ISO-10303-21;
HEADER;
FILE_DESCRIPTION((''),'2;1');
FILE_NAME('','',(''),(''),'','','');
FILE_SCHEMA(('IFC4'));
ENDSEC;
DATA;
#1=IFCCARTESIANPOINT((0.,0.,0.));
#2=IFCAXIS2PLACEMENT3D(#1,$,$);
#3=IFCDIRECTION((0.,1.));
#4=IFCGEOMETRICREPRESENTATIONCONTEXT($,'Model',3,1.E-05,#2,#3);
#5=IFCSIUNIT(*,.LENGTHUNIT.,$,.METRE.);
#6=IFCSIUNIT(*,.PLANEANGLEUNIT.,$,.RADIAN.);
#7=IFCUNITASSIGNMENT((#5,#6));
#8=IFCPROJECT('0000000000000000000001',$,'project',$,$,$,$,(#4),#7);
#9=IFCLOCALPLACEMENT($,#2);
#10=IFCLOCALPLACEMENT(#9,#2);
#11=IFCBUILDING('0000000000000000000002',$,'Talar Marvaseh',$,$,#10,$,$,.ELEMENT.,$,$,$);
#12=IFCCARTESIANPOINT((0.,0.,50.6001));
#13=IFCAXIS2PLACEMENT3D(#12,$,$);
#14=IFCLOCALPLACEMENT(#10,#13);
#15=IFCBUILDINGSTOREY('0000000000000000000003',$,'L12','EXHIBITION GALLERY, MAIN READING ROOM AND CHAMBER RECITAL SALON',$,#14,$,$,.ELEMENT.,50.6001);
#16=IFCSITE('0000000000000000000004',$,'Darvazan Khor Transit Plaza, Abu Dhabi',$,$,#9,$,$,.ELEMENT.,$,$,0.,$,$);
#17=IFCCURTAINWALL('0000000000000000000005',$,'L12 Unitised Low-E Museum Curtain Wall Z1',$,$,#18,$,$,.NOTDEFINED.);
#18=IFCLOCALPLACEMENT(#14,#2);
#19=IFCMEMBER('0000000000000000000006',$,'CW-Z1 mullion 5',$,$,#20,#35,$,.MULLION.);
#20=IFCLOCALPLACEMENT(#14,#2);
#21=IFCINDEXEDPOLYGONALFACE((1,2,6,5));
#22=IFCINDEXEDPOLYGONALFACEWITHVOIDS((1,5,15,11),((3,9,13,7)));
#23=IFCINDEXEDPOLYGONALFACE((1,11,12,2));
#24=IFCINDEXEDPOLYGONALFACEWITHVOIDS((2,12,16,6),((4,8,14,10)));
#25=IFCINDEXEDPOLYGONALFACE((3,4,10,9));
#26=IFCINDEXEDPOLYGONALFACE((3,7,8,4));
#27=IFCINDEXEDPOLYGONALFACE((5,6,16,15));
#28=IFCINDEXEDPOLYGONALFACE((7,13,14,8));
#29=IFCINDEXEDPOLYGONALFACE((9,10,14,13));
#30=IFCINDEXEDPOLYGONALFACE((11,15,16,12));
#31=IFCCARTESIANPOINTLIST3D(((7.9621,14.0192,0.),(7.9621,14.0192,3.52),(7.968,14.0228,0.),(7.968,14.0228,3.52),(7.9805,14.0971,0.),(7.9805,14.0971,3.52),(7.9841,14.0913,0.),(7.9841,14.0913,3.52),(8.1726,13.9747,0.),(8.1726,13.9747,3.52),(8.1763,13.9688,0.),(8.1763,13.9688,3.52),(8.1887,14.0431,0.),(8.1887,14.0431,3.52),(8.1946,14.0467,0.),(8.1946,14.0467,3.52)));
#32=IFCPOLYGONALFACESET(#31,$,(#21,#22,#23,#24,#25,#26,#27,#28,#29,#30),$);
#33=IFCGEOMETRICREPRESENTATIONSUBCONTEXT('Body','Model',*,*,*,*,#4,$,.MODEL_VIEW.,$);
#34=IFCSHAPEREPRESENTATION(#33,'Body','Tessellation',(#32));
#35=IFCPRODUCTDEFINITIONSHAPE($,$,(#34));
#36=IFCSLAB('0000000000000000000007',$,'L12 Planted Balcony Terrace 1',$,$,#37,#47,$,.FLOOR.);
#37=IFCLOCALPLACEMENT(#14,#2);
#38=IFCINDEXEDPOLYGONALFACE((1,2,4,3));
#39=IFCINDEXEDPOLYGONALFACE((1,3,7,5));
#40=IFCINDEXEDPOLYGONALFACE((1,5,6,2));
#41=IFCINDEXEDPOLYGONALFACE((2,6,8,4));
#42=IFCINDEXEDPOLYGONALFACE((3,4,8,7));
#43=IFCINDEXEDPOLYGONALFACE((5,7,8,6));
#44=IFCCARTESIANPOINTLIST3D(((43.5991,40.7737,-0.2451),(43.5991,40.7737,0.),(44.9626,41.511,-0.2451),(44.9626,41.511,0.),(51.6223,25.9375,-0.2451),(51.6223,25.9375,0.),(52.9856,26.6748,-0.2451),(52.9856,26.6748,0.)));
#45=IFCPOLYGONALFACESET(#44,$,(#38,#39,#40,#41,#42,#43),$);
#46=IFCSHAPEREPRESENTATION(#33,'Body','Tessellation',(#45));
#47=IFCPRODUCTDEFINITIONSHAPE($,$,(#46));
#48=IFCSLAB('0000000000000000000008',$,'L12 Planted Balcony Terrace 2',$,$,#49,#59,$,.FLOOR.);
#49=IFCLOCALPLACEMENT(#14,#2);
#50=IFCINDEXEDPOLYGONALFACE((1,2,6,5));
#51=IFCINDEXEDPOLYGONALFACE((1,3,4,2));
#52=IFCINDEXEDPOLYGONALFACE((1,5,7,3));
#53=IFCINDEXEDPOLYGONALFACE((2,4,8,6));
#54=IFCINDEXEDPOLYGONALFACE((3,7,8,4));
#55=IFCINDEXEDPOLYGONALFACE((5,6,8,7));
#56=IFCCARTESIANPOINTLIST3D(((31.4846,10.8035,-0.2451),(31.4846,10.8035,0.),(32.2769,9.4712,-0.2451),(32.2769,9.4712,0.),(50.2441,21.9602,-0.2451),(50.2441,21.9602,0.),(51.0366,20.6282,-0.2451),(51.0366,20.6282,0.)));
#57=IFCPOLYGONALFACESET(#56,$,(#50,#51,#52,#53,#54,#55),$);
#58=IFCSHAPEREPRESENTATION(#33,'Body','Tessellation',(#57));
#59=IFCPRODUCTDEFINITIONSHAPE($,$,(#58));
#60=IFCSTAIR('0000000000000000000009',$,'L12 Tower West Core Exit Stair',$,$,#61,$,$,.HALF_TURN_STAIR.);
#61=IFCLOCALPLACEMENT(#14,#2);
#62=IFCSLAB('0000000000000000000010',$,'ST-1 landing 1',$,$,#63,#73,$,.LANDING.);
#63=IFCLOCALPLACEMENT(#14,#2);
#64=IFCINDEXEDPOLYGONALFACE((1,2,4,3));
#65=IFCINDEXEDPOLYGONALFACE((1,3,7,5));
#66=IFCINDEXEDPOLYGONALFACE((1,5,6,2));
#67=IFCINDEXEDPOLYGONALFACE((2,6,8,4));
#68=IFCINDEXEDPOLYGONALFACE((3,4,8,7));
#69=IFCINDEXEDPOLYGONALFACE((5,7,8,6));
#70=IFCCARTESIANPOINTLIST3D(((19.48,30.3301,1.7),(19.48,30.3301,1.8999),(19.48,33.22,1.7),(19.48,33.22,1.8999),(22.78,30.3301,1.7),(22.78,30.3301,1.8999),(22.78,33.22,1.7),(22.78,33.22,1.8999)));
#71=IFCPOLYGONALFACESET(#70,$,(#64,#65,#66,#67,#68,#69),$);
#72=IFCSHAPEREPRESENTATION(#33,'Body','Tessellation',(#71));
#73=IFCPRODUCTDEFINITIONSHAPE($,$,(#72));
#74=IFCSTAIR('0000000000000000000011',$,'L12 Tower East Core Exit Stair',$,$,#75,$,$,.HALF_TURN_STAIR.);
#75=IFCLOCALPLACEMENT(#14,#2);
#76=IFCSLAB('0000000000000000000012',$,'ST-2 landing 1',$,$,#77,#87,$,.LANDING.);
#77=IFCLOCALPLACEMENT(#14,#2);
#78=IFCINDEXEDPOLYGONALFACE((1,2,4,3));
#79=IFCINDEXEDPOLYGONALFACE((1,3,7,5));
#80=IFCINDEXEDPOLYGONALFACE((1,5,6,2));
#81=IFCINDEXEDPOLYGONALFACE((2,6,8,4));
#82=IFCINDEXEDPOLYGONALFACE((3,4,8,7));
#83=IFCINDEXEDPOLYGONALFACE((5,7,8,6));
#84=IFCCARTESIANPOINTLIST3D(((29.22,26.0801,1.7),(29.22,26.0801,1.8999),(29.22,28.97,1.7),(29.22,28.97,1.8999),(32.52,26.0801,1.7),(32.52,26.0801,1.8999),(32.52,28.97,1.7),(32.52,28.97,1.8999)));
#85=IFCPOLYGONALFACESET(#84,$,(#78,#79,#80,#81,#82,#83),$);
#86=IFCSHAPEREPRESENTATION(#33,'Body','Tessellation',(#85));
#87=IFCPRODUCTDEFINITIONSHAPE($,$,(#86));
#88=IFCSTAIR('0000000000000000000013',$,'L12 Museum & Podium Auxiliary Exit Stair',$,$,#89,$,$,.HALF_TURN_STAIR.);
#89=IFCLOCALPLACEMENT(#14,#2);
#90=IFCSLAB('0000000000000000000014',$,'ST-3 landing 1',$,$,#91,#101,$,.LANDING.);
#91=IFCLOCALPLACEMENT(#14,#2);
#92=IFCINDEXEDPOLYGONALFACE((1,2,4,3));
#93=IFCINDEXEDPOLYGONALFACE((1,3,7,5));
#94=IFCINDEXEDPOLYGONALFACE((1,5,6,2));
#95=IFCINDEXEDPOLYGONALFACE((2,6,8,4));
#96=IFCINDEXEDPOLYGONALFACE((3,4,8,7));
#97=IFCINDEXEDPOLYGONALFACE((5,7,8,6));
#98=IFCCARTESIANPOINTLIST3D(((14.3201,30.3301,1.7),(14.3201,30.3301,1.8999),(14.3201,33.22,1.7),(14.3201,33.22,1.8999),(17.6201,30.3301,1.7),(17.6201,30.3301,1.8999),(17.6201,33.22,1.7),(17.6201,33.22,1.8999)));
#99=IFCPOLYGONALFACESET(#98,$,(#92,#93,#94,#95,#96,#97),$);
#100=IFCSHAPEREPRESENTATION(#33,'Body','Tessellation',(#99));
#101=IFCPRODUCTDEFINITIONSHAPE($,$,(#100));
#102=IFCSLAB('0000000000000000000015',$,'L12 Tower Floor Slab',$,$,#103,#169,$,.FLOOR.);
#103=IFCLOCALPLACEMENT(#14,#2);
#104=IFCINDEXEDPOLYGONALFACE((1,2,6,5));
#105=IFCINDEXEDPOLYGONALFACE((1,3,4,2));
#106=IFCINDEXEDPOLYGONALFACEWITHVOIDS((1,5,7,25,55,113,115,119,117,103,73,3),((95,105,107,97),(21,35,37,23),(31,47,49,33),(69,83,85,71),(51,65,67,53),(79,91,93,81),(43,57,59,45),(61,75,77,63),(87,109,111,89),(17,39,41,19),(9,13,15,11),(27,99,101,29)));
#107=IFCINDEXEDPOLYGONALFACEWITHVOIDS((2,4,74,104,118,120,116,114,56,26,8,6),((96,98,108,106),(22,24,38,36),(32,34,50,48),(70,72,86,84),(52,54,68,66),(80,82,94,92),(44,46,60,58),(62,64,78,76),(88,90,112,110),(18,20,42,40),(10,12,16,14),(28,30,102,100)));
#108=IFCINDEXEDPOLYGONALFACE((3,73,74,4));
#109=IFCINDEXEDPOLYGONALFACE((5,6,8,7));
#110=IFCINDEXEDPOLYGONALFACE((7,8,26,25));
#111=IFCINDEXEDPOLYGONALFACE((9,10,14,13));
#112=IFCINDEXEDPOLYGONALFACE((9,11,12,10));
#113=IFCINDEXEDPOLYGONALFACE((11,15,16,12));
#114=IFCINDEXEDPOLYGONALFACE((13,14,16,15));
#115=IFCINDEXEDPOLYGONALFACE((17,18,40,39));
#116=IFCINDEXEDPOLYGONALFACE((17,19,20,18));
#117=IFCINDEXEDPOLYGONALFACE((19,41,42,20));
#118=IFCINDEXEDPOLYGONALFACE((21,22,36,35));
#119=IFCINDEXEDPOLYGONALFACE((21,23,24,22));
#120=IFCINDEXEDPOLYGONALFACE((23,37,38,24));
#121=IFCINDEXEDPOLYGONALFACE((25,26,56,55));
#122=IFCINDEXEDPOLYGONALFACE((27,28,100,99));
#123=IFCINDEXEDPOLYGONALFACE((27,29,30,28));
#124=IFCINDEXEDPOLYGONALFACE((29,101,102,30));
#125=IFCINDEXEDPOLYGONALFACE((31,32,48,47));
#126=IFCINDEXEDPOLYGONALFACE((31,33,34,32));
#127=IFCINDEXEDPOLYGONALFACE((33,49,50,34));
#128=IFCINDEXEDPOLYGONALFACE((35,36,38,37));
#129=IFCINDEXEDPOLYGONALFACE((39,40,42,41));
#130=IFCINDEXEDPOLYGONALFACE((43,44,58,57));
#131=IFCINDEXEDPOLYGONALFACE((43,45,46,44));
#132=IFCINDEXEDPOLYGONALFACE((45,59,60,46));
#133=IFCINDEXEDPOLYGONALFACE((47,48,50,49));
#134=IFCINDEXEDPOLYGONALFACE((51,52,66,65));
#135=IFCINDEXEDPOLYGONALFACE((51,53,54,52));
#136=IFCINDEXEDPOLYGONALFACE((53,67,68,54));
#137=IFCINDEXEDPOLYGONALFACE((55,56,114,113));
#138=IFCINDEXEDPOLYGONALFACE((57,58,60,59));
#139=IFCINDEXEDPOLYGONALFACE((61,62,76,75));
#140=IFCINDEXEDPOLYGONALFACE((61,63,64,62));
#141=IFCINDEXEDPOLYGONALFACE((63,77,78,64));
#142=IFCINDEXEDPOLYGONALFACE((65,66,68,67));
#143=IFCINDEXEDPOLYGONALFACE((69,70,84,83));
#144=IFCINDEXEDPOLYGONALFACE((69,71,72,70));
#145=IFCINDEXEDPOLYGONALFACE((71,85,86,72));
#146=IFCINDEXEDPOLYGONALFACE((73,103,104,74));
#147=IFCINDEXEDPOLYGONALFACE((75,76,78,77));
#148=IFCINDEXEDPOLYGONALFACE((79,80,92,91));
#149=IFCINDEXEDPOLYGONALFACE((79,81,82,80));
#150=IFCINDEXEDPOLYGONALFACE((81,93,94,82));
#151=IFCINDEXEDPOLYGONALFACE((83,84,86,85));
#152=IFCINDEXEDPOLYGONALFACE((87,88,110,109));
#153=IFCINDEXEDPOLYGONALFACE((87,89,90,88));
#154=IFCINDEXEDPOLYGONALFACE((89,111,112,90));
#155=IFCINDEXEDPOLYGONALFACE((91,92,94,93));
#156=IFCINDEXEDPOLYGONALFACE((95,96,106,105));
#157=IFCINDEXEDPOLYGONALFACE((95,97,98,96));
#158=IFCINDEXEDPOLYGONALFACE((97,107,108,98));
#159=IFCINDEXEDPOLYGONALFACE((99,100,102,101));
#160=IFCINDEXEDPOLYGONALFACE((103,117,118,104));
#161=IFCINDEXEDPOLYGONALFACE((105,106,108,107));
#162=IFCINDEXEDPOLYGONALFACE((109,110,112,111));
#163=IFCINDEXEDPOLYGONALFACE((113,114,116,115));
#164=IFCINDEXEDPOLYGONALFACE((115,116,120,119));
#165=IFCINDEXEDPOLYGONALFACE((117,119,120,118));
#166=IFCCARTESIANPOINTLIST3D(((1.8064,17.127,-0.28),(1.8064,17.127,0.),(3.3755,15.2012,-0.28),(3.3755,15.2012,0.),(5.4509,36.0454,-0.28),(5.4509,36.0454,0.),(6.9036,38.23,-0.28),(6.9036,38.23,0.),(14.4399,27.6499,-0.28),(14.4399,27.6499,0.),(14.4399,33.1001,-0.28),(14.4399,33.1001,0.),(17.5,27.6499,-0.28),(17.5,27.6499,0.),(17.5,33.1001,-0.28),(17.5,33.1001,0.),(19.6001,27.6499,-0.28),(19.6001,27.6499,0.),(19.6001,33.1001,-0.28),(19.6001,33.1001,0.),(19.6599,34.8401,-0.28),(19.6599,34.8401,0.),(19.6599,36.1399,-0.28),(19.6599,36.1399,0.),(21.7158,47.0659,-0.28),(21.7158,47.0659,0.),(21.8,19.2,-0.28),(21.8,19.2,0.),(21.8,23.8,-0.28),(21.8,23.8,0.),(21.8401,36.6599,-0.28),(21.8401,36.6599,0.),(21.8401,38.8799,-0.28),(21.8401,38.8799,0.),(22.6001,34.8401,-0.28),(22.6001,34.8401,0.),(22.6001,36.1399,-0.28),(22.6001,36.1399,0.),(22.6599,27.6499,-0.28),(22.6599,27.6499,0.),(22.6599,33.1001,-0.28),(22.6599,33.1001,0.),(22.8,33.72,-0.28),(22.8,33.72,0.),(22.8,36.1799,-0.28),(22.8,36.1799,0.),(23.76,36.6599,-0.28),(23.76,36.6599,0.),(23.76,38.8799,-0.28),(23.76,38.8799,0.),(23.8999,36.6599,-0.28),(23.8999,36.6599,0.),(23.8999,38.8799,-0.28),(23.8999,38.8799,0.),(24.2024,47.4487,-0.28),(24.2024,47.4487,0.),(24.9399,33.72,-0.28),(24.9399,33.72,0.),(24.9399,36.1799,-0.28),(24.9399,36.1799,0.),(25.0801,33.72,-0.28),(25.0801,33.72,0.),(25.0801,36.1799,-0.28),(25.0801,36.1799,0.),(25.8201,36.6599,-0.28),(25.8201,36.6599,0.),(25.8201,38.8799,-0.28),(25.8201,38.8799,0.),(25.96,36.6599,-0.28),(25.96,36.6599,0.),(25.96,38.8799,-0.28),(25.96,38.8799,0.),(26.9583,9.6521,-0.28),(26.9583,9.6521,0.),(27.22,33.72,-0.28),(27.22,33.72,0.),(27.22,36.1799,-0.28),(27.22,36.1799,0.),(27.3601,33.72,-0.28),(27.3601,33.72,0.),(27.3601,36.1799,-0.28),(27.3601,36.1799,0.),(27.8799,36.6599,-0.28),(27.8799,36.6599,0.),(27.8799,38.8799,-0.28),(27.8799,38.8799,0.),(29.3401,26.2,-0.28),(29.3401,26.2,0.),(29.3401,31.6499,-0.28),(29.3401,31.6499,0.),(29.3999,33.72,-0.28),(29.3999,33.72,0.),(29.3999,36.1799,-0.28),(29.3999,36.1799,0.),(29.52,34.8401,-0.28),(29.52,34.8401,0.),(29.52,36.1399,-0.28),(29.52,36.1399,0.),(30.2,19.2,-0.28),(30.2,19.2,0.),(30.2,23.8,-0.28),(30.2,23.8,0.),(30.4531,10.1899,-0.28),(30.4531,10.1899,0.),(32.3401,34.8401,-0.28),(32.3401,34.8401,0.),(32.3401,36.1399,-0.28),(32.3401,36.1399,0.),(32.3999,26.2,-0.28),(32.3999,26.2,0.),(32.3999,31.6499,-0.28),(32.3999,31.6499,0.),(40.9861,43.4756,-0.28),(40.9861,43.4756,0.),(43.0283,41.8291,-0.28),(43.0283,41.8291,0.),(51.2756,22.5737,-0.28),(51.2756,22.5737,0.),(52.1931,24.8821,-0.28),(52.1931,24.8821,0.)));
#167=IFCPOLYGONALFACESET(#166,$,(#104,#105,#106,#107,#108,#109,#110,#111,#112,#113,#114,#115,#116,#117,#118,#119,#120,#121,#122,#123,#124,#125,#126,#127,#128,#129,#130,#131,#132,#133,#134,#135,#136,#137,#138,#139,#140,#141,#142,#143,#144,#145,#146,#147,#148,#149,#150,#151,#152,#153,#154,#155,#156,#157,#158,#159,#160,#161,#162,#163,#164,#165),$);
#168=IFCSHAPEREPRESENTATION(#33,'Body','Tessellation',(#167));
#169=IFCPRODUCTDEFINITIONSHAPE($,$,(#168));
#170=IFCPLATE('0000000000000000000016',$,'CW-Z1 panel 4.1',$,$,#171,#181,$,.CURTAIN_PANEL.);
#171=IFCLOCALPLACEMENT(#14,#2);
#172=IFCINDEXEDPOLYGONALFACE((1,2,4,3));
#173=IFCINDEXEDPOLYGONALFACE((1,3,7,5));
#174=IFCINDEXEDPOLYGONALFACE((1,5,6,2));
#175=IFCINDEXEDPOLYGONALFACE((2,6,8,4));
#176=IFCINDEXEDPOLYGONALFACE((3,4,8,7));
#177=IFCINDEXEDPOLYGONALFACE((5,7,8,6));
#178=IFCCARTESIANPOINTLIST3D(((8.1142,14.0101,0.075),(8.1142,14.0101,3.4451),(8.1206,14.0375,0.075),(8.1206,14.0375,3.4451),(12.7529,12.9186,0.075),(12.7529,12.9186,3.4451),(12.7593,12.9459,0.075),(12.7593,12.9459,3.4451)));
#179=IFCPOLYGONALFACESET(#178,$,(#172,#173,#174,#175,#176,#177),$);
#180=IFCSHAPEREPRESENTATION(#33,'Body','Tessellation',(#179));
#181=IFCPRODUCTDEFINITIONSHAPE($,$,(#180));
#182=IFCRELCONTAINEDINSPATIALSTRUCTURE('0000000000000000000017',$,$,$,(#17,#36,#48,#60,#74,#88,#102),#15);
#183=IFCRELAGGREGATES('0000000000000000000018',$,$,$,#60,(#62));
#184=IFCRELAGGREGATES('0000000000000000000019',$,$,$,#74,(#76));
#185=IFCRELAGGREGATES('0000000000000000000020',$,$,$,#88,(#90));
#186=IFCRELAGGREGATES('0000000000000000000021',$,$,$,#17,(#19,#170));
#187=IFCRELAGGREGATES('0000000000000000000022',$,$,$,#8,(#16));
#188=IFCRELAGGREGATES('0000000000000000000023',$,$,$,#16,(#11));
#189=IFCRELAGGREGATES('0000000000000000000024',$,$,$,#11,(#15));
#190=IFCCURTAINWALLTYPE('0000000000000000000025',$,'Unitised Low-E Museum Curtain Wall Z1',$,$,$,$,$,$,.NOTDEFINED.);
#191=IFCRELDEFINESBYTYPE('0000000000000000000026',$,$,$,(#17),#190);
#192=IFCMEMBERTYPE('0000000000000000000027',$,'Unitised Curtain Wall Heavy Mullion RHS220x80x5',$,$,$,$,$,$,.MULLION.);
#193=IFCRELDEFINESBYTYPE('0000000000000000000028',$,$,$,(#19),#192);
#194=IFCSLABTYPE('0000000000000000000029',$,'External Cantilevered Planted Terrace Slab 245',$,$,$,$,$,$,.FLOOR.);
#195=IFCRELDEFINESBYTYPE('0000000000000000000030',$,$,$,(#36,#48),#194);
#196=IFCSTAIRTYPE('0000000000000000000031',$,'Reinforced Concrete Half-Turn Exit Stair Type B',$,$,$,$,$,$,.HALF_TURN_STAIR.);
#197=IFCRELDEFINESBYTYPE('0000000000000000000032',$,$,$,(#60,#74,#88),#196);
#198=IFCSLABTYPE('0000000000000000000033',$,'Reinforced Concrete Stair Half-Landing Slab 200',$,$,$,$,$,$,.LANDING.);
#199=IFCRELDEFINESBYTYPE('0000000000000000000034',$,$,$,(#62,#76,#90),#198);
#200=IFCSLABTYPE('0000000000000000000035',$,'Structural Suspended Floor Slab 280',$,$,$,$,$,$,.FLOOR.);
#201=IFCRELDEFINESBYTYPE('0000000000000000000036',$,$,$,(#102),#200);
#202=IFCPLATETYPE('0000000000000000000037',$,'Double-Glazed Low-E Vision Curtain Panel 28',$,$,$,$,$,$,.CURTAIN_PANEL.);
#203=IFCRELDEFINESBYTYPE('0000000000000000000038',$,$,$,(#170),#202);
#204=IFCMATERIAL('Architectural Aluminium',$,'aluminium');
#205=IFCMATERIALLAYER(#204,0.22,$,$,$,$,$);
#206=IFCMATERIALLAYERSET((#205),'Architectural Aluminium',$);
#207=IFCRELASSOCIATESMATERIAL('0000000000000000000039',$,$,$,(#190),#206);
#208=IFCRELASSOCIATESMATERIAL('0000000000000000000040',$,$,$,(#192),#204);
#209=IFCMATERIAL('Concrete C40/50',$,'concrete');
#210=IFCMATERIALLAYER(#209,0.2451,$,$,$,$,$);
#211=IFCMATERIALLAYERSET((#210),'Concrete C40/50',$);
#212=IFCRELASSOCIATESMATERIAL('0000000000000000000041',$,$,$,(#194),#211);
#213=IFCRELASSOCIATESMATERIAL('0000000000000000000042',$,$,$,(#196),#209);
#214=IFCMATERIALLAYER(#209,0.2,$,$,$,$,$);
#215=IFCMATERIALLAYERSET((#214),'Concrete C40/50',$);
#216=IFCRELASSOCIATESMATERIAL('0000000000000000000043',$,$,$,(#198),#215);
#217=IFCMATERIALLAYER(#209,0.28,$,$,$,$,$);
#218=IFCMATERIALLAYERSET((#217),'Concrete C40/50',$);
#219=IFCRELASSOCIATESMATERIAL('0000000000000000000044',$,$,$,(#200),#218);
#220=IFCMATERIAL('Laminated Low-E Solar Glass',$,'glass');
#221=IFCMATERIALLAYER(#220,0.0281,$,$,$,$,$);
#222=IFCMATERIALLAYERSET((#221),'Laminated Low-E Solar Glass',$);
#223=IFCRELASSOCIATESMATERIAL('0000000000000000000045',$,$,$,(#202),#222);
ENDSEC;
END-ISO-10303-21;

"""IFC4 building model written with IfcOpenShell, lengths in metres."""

from ifc_helpers import new_model, si_unit, direction, frame, origin, origin_2d, place, context, subcontext, project, spatial, polyline, rectangle, hollow_rectangle, outline, extrude, source, transform, mapped, material, layer, layer_set, material_profile, profile_set, type_object, type_shapes, element, aggregate, save


model = new_model("IFC4")

# Units and contexts
model_context = context("Model", 3, precision=1e-05, world=origin(), true_north=direction((0.0, 1.0)))
body_context = subcontext(model_context, "Body", "Model", "MODEL_VIEW")
ifc_project = project(units=[si_unit("LENGTHUNIT", "METRE"), si_unit("PLANEANGLEUNIT", "RADIAN")], contexts=[model_context])

# Site, building, storey
site_placement = place(None, origin())
site = spatial("IfcSite", under=ifc_project, at=site_placement, Name="Darvazan Khor Transit Plaza, Abu Dhabi", CompositionType="ELEMENT", RefElevation=0.0)
building_placement = place(site_placement, origin())
building = spatial("IfcBuilding", under=site, at=building_placement, Name="Talar Marvaseh", CompositionType="ELEMENT")
storey_placement = place(building_placement, frame((0.0, 0.0, 50.6001)))
storey = spatial("IfcBuildingStorey", under=building, at=storey_placement, Name="L12", Description="EXHIBITION GALLERY, MAIN READING ROOM AND CHAMBER RECITAL SALON", CompositionType="ELEMENT", Elevation=50.6001)

# Curtain wall, member
ifc_material_1 = material(Name="Architectural Aluminium", Category="aluminium")
ifc_layer_1 = layer(ifc_material_1, 0.22)
ifc_layer_set_1 = layer_set([ifc_layer_1], Name="Architectural Aluminium")
curtain_wall_type = type_object("IfcCurtainWallType", Name="Unitised Low-E Museum Curtain Wall Z1", PredefinedType="NOTDEFINED", material=ifc_layer_set_1)
curtain_wall_placement = place(storey_placement, origin())
curtain_wall = element("IfcCurtainWall", 1, at=curtain_wall_placement, inside=storey, type_object=curtain_wall_type, Name="L12 Unitised Low-E Museum Curtain Wall Z1", PredefinedType="NOTDEFINED")
ifc_material_profile = material_profile(ifc_material_1, hollow_rectangle(XDim=0.0801, YDim=0.22, WallThickness=0.0049, at=origin_2d()), Name="RHS220x80x5")
ifc_profile_set = profile_set([ifc_material_profile], Name="Architectural Aluminium")
member_type = type_object("IfcMemberType", Name="Unitised Curtain Wall Heavy Mullion RHS220x80x5", PredefinedType="MULLION", material=ifc_profile_set)
shared_shape_1 = source(origin(), body_context, "Body", "SweptSolid", [
    extrude(hollow_rectangle(XDim=0.0801, YDim=0.22, WallThickness=0.0049, at=origin_2d()), origin(), (0.0, 0.0, 1.0), 3.52),
])
type_shapes(member_type, [shared_shape_1])
member_placement = place(storey_placement, frame((8.0784, 14.033, 0.0), z_axis=(0.0, 0.0, 1.0), x_axis=(-0.229053, -0.973414, 0.0)))
member = element("IfcMember", 2, at=member_placement, type_object=member_type, Name="CW-Z1 mullion 5", PredefinedType="MULLION", context=body_context, shape_type="MappedRepresentation", body=[
    mapped(shared_shape_1, transform((0.0, 0.0, 0.0), x_axis=(1.0, 0.0, 0.0), y_axis=(0.0, 1.0, 0.0), z_axis=(0.0, 0.0, 1.0), scale=1.0)),
])

# Slabs
ifc_material_2 = material(Name="Concrete C40/50", Category="concrete")
ifc_layer_2 = layer(ifc_material_2, 0.2451)
ifc_layer_set_2 = layer_set([ifc_layer_2], Name="Concrete C40/50")
slab_type_1 = type_object("IfcSlabType", Name="External Cantilevered Planted Terrace Slab 245", PredefinedType="FLOOR", material=ifc_layer_set_2)
slab_1_placement = place(storey_placement, frame((0.0, 0.0, -0.2451)))
element("IfcSlab", 3, at=slab_1_placement, inside=storey, type_object=slab_type_1, Name="L12 Planted Balcony Terrace 1", PredefinedType="FLOOR", context=body_context, shape_type="SweptSolid", body=[
    extrude(outline(polyline([(43.5991, 40.7737), (51.6223, 25.9375), (52.9856, 26.6748), (44.9626, 41.511), (43.5991, 40.7737)])), origin(), (0.0, 0.0, 1.0), 0.2451),
])
slab_2_placement = place(storey_placement, frame((0.0, 0.0, -0.2451)))
element("IfcSlab", 4, at=slab_2_placement, inside=storey, type_object=slab_type_1, Name="L12 Planted Balcony Terrace 2", PredefinedType="FLOOR", context=body_context, shape_type="SweptSolid", body=[
    extrude(outline(polyline([(50.2441, 21.9602), (31.4846, 10.8035), (32.2769, 9.4712), (51.0366, 20.6282), (50.2441, 21.9602)])), origin(), (0.0, 0.0, 1.0), 0.2451),
])

# Stairs, slabs
stair_type = type_object("IfcStairType", Name="Reinforced Concrete Half-Turn Exit Stair Type B", PredefinedType="HALF_TURN_STAIR", material=ifc_material_2)
stair_1_placement = place(storey_placement, origin())
stair_1 = element("IfcStair", 5, at=stair_1_placement, inside=storey, type_object=stair_type, Name="L12 Tower West Core Exit Stair", PredefinedType="HALF_TURN_STAIR")
ifc_layer_3 = layer(ifc_material_2, 0.2)
ifc_layer_set_3 = layer_set([ifc_layer_3], Name="Concrete C40/50")
slab_type_2 = type_object("IfcSlabType", Name="Reinforced Concrete Stair Half-Landing Slab 200", PredefinedType="LANDING", material=ifc_layer_set_3)
slab_3_placement = place(storey_placement, frame((0.0, 0.0, 1.7)))
slab_3 = element("IfcSlab", 6, at=slab_3_placement, type_object=slab_type_2, Name="ST-1 landing 1", PredefinedType="LANDING", context=body_context, shape_type="SweptSolid", body=[
    extrude(outline(polyline([(22.78, 30.3301), (22.78, 33.22), (19.48, 33.22), (19.48, 30.3301), (22.78, 30.3301)])), origin(), (0.0, 0.0, 1.0), 0.2),
])
aggregate(stair_1, [slab_3])
stair_2_placement = place(storey_placement, origin())
stair_2 = element("IfcStair", 7, at=stair_2_placement, inside=storey, type_object=stair_type, Name="L12 Tower East Core Exit Stair", PredefinedType="HALF_TURN_STAIR")
slab_4_placement = place(storey_placement, frame((0.0, 0.0, 1.7)))
slab_4 = element("IfcSlab", 8, at=slab_4_placement, type_object=slab_type_2, Name="ST-2 landing 1", PredefinedType="LANDING", context=body_context, shape_type="SweptSolid", body=[
    extrude(outline(polyline([(29.22, 28.97), (29.22, 26.0801), (32.52, 26.0801), (32.52, 28.97), (29.22, 28.97)])), origin(), (0.0, 0.0, 1.0), 0.2),
])
aggregate(stair_2, [slab_4])
stair_3_placement = place(storey_placement, origin())
stair_3 = element("IfcStair", 9, at=stair_3_placement, inside=storey, type_object=stair_type, Name="L12 Museum & Podium Auxiliary Exit Stair", PredefinedType="HALF_TURN_STAIR")
slab_5_placement = place(storey_placement, frame((0.0, 0.0, 1.7)))
slab_5 = element("IfcSlab", 10, at=slab_5_placement, type_object=slab_type_2, Name="ST-3 landing 1", PredefinedType="LANDING", context=body_context, shape_type="SweptSolid", body=[
    extrude(outline(polyline([(17.6201, 30.3301), (17.6201, 33.22), (14.3201, 33.22), (14.3201, 30.3301), (17.6201, 30.3301)])), origin(), (0.0, 0.0, 1.0), 0.2),
])
aggregate(stair_3, [slab_5])

# Slab
ifc_layer_4 = layer(ifc_material_2, 0.28)
ifc_layer_set_4 = layer_set([ifc_layer_4], Name="Concrete C40/50")
slab_type_3 = type_object("IfcSlabType", Name="Structural Suspended Floor Slab 280", PredefinedType="FLOOR", material=ifc_layer_set_4)
slab_6_placement = place(storey_placement, frame((0.0, 0.0, -0.28)))
element("IfcSlab", 11, at=slab_6_placement, inside=storey, type_object=slab_type_3, Name="L12 Tower Floor Slab", PredefinedType="FLOOR", context=body_context, shape_type="SweptSolid", body=[
    extrude(outline(polyline([(3.3755, 15.2012), (1.8064, 17.127), (5.4509, 36.0454), (6.9036, 38.23), (21.7158, 47.0659), (24.2024, 47.4487), (40.9861, 43.4756), (43.0283, 41.8291), (52.1931, 24.8821), (51.2756, 22.5737), (30.4531, 10.1899), (26.9583, 9.6521), (3.3755, 15.2012)]), holes=[polyline([(22.6599, 27.6499), (22.6599, 33.1001), (19.6001, 33.1001), (19.6001, 27.6499), (22.6599, 27.6499)]), polyline([(29.3401, 31.6499), (29.3401, 26.2), (32.3999, 26.2), (32.3999, 31.6499), (29.3401, 31.6499)]), polyline([(17.5, 27.6499), (17.5, 33.1001), (14.4399, 33.1001), (14.4399, 27.6499), (17.5, 27.6499)]), polyline([(22.8, 33.72), (24.9399, 33.72), (24.9399, 36.1799), (22.8, 36.1799), (22.8, 33.72)]), polyline([(25.0801, 33.72), (27.22, 33.72), (27.22, 36.1799), (25.0801, 36.1799), (25.0801, 33.72)]), polyline([(27.3601, 33.72), (29.3999, 33.72), (29.3999, 36.1799), (27.3601, 36.1799), (27.3601, 33.72)]), polyline([(21.8401, 36.6599), (23.76, 36.6599), (23.76, 38.8799), (21.8401, 38.8799), (21.8401, 36.6599)]), polyline([(23.8999, 36.6599), (25.8201, 36.6599), (25.8201, 38.8799), (23.8999, 38.8799), (23.8999, 36.6599)]), polyline([(25.96, 36.6599), (27.8799, 36.6599), (27.8799, 38.8799), (25.96, 38.8799), (25.96, 36.6599)]), polyline([(19.6599, 34.8401), (22.6001, 34.8401), (22.6001, 36.1399), (19.6599, 36.1399), (19.6599, 34.8401)]), polyline([(29.52, 34.8401), (32.3401, 34.8401), (32.3401, 36.1399), (29.52, 36.1399), (29.52, 34.8401)]), polyline([(21.8, 19.2), (30.2, 19.2), (30.2, 23.8), (21.8, 23.8), (21.8, 19.2)])]), origin(), (0.0, 0.0, 1.0), 0.28),
])

# Plate
ifc_material_3 = material(Name="Laminated Low-E Solar Glass", Category="glass")
ifc_layer_5 = layer(ifc_material_3, 0.0281)
ifc_layer_set_5 = layer_set([ifc_layer_5], Name="Laminated Low-E Solar Glass")
plate_type = type_object("IfcPlateType", Name="Double-Glazed Low-E Vision Curtain Panel 28", PredefinedType="CURTAIN_PANEL", material=ifc_layer_set_5)
shared_shape_2 = source(origin(), body_context, "Body", "SweptSolid", [
    extrude(rectangle(XDim=4.7654, YDim=0.0281, at=origin_2d()), origin(), (0.0, 0.0, 1.0), 3.3701),
])
type_shapes(plate_type, [shared_shape_2])
plate_placement = place(storey_placement, frame((10.4368, 13.478, 0.075), z_axis=(0.0, 0.0, 1.0), x_axis=(-0.973414, 0.229053, 0.0)))
plate = element("IfcPlate", 12, at=plate_placement, type_object=plate_type, Name="CW-Z1 panel 4.1", PredefinedType="CURTAIN_PANEL", context=body_context, shape_type="MappedRepresentation", body=[
    mapped(shared_shape_2, transform((0.0, 0.0, 0.0), x_axis=(1.0, 0.0, 0.0), y_axis=(0.0, 1.0, 0.0), z_axis=(0.0, 0.0, 1.0), scale=1.0)),
])
aggregate(curtain_wall, [member, plate])

save(model, "model.ifc")
